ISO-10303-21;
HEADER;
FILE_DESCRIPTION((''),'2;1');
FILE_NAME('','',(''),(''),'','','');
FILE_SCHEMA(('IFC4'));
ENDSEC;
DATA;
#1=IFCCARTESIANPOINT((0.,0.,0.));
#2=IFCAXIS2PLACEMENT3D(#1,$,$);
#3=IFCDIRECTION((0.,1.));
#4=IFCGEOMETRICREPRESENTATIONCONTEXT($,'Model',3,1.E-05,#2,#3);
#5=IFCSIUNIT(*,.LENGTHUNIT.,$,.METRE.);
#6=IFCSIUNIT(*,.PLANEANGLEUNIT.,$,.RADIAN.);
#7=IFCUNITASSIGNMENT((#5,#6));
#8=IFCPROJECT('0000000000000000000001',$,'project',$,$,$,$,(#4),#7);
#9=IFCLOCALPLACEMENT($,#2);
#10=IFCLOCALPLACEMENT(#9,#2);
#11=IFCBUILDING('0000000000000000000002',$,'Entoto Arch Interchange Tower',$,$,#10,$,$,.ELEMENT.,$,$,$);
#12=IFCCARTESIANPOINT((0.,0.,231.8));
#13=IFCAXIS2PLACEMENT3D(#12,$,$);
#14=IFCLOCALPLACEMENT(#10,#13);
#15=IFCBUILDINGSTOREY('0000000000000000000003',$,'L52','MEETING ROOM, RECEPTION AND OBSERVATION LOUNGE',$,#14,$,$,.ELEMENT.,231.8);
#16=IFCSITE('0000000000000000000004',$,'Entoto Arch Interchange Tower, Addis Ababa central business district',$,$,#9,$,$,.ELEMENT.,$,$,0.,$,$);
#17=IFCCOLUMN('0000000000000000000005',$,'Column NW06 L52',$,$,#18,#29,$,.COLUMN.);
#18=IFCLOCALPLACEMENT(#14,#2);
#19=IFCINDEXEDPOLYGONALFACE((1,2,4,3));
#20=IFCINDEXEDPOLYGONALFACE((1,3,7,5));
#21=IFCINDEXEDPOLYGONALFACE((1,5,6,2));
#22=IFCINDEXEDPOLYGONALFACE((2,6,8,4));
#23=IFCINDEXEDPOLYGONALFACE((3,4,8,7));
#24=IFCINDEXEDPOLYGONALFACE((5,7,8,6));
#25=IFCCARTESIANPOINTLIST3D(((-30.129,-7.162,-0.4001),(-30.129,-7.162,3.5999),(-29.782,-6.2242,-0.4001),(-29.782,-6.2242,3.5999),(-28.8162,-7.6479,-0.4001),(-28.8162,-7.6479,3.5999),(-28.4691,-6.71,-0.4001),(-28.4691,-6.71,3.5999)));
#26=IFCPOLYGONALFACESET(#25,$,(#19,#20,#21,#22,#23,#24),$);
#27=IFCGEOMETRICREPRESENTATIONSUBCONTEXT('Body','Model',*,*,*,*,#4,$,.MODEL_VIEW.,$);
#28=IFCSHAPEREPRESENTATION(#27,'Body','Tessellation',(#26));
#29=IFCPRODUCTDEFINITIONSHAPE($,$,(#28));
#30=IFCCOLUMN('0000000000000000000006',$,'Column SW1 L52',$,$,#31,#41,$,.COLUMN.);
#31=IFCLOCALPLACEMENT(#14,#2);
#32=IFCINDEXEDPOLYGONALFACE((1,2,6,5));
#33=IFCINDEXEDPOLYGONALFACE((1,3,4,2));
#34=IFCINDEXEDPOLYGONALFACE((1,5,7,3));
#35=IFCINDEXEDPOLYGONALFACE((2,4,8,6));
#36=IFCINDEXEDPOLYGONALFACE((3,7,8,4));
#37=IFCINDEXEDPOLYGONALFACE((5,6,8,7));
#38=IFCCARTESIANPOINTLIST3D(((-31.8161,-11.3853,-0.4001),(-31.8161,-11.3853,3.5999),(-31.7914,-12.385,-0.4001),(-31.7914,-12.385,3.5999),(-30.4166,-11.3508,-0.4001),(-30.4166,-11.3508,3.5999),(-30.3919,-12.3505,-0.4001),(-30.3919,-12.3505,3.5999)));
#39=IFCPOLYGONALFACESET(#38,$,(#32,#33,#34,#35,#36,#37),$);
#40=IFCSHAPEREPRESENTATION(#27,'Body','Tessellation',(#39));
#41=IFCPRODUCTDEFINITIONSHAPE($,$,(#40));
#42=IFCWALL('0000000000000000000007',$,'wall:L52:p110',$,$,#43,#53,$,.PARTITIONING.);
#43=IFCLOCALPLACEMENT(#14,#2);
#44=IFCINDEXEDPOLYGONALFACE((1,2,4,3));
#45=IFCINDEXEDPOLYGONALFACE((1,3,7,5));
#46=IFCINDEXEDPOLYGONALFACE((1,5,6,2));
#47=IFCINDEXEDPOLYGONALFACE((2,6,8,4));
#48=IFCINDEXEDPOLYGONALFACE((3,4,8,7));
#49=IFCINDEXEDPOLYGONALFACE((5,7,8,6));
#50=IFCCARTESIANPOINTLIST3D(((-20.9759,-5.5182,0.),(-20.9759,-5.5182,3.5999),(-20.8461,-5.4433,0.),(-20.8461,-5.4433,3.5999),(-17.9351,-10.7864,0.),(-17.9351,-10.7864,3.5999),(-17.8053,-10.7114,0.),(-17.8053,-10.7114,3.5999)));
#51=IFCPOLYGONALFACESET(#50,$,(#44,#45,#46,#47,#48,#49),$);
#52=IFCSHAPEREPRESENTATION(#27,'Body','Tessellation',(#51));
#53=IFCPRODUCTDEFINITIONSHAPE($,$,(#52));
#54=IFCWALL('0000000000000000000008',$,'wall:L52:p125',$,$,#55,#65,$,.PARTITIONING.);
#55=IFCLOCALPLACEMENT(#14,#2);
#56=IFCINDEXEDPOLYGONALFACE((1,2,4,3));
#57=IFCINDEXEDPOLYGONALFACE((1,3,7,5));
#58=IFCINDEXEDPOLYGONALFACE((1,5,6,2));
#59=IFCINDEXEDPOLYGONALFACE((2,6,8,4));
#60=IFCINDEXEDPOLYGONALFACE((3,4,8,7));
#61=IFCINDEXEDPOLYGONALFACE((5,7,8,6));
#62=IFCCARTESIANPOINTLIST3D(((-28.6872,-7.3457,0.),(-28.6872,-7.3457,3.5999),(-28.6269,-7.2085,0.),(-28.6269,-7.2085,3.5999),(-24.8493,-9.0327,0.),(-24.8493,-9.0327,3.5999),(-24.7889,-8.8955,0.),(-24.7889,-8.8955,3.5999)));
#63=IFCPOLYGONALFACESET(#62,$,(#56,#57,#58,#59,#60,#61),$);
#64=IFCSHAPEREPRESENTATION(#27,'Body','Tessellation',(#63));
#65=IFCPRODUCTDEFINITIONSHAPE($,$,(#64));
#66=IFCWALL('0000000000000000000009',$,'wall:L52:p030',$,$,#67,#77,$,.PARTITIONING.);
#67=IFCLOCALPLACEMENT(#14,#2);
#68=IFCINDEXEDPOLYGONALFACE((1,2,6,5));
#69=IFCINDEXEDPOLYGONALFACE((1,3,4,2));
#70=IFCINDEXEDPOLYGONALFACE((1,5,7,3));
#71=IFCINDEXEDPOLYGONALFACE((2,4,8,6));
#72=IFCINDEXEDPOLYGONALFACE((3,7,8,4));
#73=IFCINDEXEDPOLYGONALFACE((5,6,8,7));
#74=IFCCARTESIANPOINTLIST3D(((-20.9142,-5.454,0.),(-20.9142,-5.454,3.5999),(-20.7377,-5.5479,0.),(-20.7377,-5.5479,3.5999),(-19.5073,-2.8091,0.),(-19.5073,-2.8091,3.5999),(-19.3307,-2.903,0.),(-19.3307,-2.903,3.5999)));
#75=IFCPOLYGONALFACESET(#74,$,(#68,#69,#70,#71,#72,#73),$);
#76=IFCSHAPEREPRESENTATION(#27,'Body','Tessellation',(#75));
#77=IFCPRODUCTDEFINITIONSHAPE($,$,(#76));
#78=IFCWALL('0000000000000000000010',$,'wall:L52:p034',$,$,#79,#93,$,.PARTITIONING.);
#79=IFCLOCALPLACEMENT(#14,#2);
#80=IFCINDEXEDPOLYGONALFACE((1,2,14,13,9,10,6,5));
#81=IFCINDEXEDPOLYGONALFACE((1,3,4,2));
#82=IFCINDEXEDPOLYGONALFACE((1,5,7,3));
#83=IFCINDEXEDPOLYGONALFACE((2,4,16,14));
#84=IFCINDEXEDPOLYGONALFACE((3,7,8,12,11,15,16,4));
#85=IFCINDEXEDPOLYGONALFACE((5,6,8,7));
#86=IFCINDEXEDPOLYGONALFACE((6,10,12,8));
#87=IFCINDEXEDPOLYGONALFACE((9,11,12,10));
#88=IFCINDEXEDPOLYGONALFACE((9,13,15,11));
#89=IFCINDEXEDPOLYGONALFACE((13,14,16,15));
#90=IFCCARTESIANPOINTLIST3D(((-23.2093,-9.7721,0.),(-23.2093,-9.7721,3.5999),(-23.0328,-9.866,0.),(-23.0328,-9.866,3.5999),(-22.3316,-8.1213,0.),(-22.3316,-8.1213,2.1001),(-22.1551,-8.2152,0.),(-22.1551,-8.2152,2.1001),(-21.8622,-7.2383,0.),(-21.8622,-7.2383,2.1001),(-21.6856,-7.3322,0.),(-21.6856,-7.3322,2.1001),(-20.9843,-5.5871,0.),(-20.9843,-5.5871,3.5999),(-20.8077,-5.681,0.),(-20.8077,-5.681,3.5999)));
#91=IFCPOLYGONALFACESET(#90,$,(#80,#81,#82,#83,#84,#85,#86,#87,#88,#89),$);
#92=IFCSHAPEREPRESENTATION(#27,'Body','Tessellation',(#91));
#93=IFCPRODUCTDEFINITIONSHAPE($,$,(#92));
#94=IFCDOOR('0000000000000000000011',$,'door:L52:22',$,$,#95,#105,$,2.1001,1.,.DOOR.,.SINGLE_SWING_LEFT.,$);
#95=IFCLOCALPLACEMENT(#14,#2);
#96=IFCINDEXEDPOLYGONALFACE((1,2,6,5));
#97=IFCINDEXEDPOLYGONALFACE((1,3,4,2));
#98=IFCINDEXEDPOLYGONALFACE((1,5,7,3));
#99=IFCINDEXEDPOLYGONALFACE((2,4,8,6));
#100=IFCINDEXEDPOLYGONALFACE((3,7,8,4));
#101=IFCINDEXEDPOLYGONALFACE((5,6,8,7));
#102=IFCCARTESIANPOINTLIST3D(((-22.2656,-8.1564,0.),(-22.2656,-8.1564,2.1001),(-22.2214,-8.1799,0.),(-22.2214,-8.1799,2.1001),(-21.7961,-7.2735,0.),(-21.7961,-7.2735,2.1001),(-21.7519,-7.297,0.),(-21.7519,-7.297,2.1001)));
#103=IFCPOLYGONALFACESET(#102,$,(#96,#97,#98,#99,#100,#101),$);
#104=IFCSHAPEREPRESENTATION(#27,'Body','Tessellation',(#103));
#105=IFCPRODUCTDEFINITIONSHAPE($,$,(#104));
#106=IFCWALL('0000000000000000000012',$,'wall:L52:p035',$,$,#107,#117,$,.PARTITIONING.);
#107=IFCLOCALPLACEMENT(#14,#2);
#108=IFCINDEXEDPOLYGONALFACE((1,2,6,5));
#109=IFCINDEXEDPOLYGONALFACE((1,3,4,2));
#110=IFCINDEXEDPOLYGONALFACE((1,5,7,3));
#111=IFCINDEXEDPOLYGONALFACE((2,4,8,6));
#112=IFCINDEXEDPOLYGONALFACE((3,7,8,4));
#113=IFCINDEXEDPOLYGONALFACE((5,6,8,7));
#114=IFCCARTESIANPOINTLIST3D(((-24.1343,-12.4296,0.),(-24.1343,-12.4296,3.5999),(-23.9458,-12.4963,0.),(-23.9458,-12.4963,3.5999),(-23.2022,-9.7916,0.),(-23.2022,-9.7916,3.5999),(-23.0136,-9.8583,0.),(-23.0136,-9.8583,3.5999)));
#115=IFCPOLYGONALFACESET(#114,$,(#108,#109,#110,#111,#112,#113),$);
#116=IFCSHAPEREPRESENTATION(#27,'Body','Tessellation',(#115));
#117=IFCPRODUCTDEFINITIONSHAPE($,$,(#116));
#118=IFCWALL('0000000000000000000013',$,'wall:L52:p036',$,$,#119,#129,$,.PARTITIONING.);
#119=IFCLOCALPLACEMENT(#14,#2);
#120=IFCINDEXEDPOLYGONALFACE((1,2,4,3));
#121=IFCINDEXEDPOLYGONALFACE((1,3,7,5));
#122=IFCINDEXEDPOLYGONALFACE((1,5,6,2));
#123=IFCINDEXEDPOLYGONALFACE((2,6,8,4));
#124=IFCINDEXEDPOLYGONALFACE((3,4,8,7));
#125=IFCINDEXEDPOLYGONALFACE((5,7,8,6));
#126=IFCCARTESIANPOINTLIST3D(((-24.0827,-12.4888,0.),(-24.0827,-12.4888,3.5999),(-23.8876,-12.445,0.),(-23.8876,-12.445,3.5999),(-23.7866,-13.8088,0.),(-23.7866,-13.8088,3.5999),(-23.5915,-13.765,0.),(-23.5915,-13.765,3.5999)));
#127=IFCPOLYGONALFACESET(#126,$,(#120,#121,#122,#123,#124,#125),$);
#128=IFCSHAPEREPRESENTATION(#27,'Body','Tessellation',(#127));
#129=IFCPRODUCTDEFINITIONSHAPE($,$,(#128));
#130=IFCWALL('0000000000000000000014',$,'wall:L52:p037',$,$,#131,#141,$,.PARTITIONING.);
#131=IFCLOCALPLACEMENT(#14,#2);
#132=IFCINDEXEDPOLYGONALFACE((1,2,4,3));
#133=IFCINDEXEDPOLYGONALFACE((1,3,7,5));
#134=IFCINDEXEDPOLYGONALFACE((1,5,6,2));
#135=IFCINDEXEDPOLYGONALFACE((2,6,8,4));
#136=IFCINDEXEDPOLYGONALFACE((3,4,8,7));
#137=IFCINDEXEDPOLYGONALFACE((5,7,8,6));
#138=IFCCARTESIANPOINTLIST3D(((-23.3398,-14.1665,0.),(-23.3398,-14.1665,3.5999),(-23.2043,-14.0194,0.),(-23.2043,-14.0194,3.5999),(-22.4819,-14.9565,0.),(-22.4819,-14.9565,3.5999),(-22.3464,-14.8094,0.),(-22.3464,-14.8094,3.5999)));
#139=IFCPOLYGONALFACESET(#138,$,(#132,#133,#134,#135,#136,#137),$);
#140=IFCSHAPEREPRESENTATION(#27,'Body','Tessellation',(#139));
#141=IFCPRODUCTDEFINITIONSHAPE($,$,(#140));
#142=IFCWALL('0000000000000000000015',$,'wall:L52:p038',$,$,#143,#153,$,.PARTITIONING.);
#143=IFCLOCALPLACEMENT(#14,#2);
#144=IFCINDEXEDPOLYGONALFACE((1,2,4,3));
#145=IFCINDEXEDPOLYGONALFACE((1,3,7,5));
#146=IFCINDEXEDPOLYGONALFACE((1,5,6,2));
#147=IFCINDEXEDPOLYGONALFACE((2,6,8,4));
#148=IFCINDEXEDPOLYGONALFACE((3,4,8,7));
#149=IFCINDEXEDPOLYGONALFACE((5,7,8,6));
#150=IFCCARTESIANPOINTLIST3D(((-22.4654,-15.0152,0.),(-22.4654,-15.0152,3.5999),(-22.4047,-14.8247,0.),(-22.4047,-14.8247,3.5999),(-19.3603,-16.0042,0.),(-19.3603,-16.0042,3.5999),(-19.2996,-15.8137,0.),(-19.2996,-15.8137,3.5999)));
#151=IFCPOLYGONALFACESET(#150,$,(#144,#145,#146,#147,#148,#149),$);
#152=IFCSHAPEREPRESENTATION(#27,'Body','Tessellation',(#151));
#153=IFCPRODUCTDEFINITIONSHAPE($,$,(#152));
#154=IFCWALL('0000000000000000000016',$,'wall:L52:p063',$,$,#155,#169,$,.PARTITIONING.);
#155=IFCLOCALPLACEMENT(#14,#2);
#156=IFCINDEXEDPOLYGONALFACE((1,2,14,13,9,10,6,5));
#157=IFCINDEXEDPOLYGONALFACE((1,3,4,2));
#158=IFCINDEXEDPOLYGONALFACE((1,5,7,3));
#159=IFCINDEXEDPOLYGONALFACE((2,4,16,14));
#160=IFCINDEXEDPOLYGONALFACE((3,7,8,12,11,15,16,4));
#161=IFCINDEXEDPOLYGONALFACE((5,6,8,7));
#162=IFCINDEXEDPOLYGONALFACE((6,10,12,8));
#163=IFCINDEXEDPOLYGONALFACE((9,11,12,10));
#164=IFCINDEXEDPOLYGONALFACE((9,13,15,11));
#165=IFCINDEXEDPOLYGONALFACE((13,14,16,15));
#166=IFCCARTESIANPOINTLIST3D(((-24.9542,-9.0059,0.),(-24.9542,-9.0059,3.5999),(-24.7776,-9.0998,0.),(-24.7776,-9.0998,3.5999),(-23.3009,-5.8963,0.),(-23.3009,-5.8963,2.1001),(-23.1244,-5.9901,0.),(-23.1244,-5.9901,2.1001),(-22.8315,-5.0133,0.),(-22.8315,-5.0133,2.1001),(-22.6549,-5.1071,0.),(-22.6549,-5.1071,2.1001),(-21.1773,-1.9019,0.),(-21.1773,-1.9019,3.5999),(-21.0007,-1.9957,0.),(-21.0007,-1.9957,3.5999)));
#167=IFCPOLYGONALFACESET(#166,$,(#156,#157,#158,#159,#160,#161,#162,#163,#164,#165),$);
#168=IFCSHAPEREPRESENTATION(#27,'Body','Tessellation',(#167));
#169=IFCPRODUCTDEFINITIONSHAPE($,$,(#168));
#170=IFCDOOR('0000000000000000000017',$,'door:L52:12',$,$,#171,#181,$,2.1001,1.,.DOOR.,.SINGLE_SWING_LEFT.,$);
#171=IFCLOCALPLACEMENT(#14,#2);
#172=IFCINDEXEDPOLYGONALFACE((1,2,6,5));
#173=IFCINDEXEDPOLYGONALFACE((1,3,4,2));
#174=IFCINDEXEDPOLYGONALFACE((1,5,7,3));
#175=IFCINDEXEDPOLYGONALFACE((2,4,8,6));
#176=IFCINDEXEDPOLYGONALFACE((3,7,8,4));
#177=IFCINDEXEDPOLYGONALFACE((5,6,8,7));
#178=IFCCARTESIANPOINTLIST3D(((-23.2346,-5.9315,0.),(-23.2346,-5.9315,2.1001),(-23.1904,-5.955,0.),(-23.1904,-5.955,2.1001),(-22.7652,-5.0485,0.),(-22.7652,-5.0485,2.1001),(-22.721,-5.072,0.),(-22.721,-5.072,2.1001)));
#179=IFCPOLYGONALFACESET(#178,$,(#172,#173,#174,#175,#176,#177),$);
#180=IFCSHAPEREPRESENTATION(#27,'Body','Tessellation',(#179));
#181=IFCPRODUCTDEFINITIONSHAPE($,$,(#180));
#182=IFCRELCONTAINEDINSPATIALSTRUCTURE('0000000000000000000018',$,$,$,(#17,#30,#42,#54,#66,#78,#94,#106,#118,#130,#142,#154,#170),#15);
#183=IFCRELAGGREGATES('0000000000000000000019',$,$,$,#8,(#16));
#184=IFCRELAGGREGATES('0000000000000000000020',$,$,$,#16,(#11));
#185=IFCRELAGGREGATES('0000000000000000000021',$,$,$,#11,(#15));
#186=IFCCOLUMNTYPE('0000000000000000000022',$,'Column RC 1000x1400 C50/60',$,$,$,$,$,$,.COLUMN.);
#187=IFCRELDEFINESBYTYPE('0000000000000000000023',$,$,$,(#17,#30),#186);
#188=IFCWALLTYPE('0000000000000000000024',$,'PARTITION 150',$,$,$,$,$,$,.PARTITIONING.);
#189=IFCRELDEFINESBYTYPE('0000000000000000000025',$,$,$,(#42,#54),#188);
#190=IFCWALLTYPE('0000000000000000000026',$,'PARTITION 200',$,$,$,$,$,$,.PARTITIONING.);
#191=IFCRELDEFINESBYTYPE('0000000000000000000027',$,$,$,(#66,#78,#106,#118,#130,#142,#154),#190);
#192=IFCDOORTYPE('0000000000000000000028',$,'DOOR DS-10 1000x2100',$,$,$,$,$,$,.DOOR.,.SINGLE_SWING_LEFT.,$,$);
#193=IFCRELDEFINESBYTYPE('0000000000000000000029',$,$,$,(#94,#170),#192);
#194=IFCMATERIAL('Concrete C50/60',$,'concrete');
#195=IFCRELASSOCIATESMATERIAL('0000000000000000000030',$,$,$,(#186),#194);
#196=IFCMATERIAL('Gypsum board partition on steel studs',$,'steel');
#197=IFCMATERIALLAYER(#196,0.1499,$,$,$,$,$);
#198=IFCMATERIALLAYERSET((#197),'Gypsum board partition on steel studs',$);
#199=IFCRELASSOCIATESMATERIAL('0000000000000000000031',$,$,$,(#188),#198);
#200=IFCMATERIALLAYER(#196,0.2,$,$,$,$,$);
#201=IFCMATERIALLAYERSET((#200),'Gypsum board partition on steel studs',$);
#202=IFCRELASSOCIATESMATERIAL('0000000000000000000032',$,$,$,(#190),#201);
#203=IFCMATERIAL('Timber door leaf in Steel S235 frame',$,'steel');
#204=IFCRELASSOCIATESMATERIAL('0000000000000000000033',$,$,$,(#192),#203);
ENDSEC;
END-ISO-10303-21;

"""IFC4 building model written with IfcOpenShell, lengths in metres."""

from ifc_helpers import new_model, si_unit, direction, frame, frame_2d, origin, origin_2d, place, context, subcontext, project, spatial, rectangle, extrude, material, layer, layer_set, material_profile, profile_set, type_object, element, fill, save


model = new_model("IFC4")

# Units and contexts
model_context = context("Model", 3, precision=1e-05, world=origin(), true_north=direction((0.0, 1.0)))
body_context = subcontext(model_context, "Body", "Model", "MODEL_VIEW")
ifc_project = project(units=[si_unit("LENGTHUNIT", "METRE"), si_unit("PLANEANGLEUNIT", "RADIAN")], contexts=[model_context])

# Site, building, storey
site_placement = place(None, origin())
site = spatial("IfcSite", under=ifc_project, at=site_placement, Name="Entoto Arch Interchange Tower, Addis Ababa central business district", CompositionType="ELEMENT", RefElevation=0.0)
building_placement = place(site_placement, origin())
building = spatial("IfcBuilding", under=site, at=building_placement, Name="Entoto Arch Interchange Tower", CompositionType="ELEMENT")
storey_placement = place(building_placement, frame((0.0, 0.0, 231.8)))
storey = spatial("IfcBuildingStorey", under=building, at=storey_placement, Name="L52", Description="MEETING ROOM, RECEPTION AND OBSERVATION LOUNGE", CompositionType="ELEMENT", Elevation=231.8)

# Columns
ifc_material_1 = material(Name="Concrete C50/60", Category="concrete")
ifc_material_profile = material_profile(ifc_material_1, rectangle(XDim=1.0, YDim=1.3999, at=origin_2d()))
ifc_profile_set = profile_set([ifc_material_profile], Name="Concrete C50/60")
column_type = type_object("IfcColumnType", Name="Column RC 1000x1400 C50/60", PredefinedType="COLUMN", material=ifc_profile_set)
for number, where, z_axis, x_axis, name in (
    (1, (-29.2991, -6.936, -0.4001), (0.0, 0.0, 1.0), (0.347067, 0.93784, 0.0), "Column NW06 L52"),
    (2, (-31.104, -11.8679, -0.4001), (0.0, 0.0, 1.0), (-0.024676, 0.999695, 0.0), "Column SW1 L52"),
):
    element("IfcColumn", number, at=place(storey_placement, frame(where, z_axis=z_axis, x_axis=x_axis)), inside=storey, type_object=column_type, Name=name, PredefinedType="COLUMN", context=body_context, shape_type="SweptSolid", body=[
        extrude(rectangle(XDim=1.0, YDim=1.3999, at=origin_2d()), origin(), (0.0, 0.0, 1.0), 4.0),
    ])

# Walls
ifc_material_2 = material(Name="Gypsum board partition on steel studs", Category="steel")
ifc_layer_1 = layer(ifc_material_2, 0.1499)
ifc_layer_set_1 = layer_set([ifc_layer_1], Name="Gypsum board partition on steel studs")
wall_type_1 = type_object("IfcWallType", Name="PARTITION 150", PredefinedType="PARTITIONING", material=ifc_layer_set_1)
wall_1_placement = place(storey_placement, frame((-17.8701, -10.749, 0.0), z_axis=(0.0, 0.0, 1.0), x_axis=(-0.499908, 0.866079, 0.0)))
element("IfcWall", 3, at=wall_1_placement, inside=storey, type_object=wall_type_1, Name="wall:L52:p110", PredefinedType="PARTITIONING", context=body_context, shape_type="SweptSolid", body=[
    extrude(rectangle(XDim=6.0828, YDim=0.1499, at=frame_2d((3.0415, 0.0))), origin(), (0.0, 0.0, 1.0), 3.5999),
])
wall_2_placement = place(storey_placement, frame((-24.8191, -8.9641, 0.0), z_axis=(0.0, 0.0, 1.0), x_axis=(-0.915461, 0.402407, 0.0)))
element("IfcWall", 4, at=wall_2_placement, inside=storey, type_object=wall_type_1, Name="wall:L52:p125", PredefinedType="PARTITIONING", context=body_context, shape_type="SweptSolid", body=[
    extrude(rectangle(XDim=4.1924, YDim=0.1499, at=frame_2d((2.0962, 0.0))), origin(), (0.0, 0.0, 1.0), 3.5999),
])
ifc_layer_2 = layer(ifc_material_2, 0.2)
ifc_layer_set_2 = layer_set([ifc_layer_2], Name="Gypsum board partition on steel studs")
wall_type_2 = type_object("IfcWallType", Name="PARTITION 200", PredefinedType="PARTITIONING", material=ifc_layer_set_2)
wall_3_placement = place(storey_placement, frame((-19.4189, -2.856, 0.0), z_axis=(0.0, 0.0, 1.0), x_axis=(-0.469628, -0.882864, 0.0)))
element("IfcWall", 5, at=wall_3_placement, inside=storey, type_object=wall_type_2, Name="wall:L52:p030", PredefinedType="PARTITIONING", context=body_context, shape_type="SweptSolid", body=[
    extrude(rectangle(XDim=2.9958, YDim=0.2, at=frame_2d((1.498, 0.0))), origin(), (0.0, 0.0, 1.0), 3.5999),
])

# Wall, opening, door
wall_4_placement = place(storey_placement, frame((-20.896, -5.634, 0.0), z_axis=(0.0, 0.0, 1.0), x_axis=(-0.469449, -0.88296, 0.0)))
wall_4 = element("IfcWall", 6, at=wall_4_placement, inside=storey, type_object=wall_type_2, Name="wall:L52:p034", PredefinedType="PARTITIONING", context=body_context, shape_type="SweptSolid", body=[
    extrude(rectangle(XDim=4.7397, YDim=0.2, at=frame_2d((2.3699, 0.0))), origin(), (0.0, 0.0, 1.0), 3.5999),
])
opening_1_placement = place(wall_4_placement, frame((1.8701, 0.0, 0.0)))
opening_1 = element("IfcOpeningElement", 7, at=opening_1_placement, cuts=wall_4, PredefinedType="OPENING", context=body_context, shape_type="SweptSolid", body=[
    extrude(rectangle(XDim=1.0, YDim=2.1001, at=frame_2d((0.5, 1.05))), frame((0.0, 0.1099, 0.0), z_axis=(0.0, -1.0, 0.0), x_axis=(1.0, 0.0, 0.0)), (0.0, 0.0, 1.0), 0.22),
])
ifc_material_3 = material(Name="Timber door leaf in Steel S235 frame", Category="steel")
door_type = type_object("IfcDoorType", Name="DOOR DS-10 1000x2100", OperationType="SINGLE_SWING_LEFT", PredefinedType="DOOR", material=ifc_material_3)
door_1_placement = place(opening_1_placement, origin())
door_1 = element("IfcDoor", 8, at=door_1_placement, inside=storey, type_object=door_type, Name="door:L52:22", OperationType="SINGLE_SWING_LEFT", OverallHeight=2.1001, OverallWidth=1.0, PredefinedType="DOOR", context=body_context, shape_type="SweptSolid", body=[
    extrude(rectangle(XDim=1.0, YDim=2.1001, at=frame_2d((0.5, 1.05))), frame((0.0, 0.0249, 0.0), z_axis=(0.0, -1.0, 0.0), x_axis=(1.0, 0.0, 0.0)), (0.0, 0.0, 1.0), 0.05),
])
fill(opening_1, door_1)

# Walls
wall_5_placement = place(storey_placement, frame((-23.1079, -9.825, 0.0), z_axis=(0.0, 0.0, 1.0), x_axis=(-0.333167, -0.942868, 0.0)))
element("IfcWall", 9, at=wall_5_placement, inside=storey, type_object=wall_type_2, Name="wall:L52:p035", PredefinedType="PARTITIONING", context=body_context, shape_type="SweptSolid", body=[
    extrude(rectangle(XDim=2.7979, YDim=0.2, at=frame_2d((1.3989, 0.0))), origin(), (0.0, 0.0, 1.0), 3.5999),
])
wall_6_placement = place(storey_placement, frame((-23.9851, -12.467, 0.0), z_axis=(0.0, 0.0, 1.0), x_axis=(0.218898, -0.975748, 0.0)))
element("IfcWall", 10, at=wall_6_placement, inside=storey, type_object=wall_type_2, Name="wall:L52:p036", PredefinedType="PARTITIONING", context=body_context, shape_type="SweptSolid", body=[
    extrude(rectangle(XDim=1.3528, YDim=0.2, at=frame_2d((0.6763, 0.0))), origin(), (0.0, 0.0, 1.0), 3.5999),
])
wall_7_placement = place(storey_placement, frame((-23.272, -14.093, 0.0), z_axis=(0.0, 0.0, 1.0), x_axis=(0.735605, -0.67741, 0.0)))
element("IfcWall", 11, at=wall_7_placement, inside=storey, type_object=wall_type_2, Name="wall:L52:p037", PredefinedType="PARTITIONING", context=body_context, shape_type="SweptSolid", body=[
    extrude(rectangle(XDim=1.1663, YDim=0.2, at=frame_2d((0.583, 0.0))), origin(), (0.0, 0.0, 1.0), 3.5999),
])
wall_8_placement = place(storey_placement, frame((-22.4351, -14.9199, 0.0), z_axis=(0.0, 0.0, 1.0), x_axis=(0.952831, -0.303501, 0.0)))
element("IfcWall", 12, at=wall_8_placement, inside=storey, type_object=wall_type_2, Name="wall:L52:p038", PredefinedType="PARTITIONING", context=body_context, shape_type="SweptSolid", body=[
    extrude(rectangle(XDim=3.2588, YDim=0.2, at=frame_2d((1.6294, 0.0))), origin(), (0.0, 0.0, 1.0), 3.5999),
])

# Wall, opening, door
wall_9_placement = place(storey_placement, frame((-24.866, -9.053, 0.0), z_axis=(0.0, 0.0, 1.0), x_axis=(0.469432, 0.882969, 0.0)))
wall_9 = element("IfcWall", 13, at=wall_9_placement, inside=storey, type_object=wall_type_2, Name="wall:L52:p063", PredefinedType="PARTITIONING", context=body_context, shape_type="SweptSolid", body=[
    extrude(rectangle(XDim=8.0457, YDim=0.2, at=frame_2d((4.0229, 0.0))), origin(), (0.0, 0.0, 1.0), 3.5999),
])
opening_2_placement = place(wall_9_placement, frame((3.522, 0.0, 0.0)))
opening_2 = element("IfcOpeningElement", 14, at=opening_2_placement, cuts=wall_9, PredefinedType="OPENING", context=body_context, shape_type="SweptSolid", body=[
    extrude(rectangle(XDim=1.0, YDim=2.1001, at=frame_2d((0.5, 1.05))), frame((0.0, 0.1099, 0.0), z_axis=(0.0, -1.0, 0.0), x_axis=(1.0, 0.0, 0.0)), (0.0, 0.0, 1.0), 0.22),
])
door_2_placement = place(opening_2_placement, origin())
door_2 = element("IfcDoor", 15, at=door_2_placement, inside=storey, type_object=door_type, Name="door:L52:12", OperationType="SINGLE_SWING_LEFT", OverallHeight=2.1001, OverallWidth=1.0, PredefinedType="DOOR", context=body_context, shape_type="SweptSolid", body=[
    extrude(rectangle(XDim=1.0, YDim=2.1001, at=frame_2d((0.5, 1.05))), frame((0.0, 0.0249, 0.0), z_axis=(0.0, -1.0, 0.0), x_axis=(1.0, 0.0, 0.0)), (0.0, 0.0, 1.0), 0.05),
])
fill(opening_2, door_2)

save(model, "model.ifc")
